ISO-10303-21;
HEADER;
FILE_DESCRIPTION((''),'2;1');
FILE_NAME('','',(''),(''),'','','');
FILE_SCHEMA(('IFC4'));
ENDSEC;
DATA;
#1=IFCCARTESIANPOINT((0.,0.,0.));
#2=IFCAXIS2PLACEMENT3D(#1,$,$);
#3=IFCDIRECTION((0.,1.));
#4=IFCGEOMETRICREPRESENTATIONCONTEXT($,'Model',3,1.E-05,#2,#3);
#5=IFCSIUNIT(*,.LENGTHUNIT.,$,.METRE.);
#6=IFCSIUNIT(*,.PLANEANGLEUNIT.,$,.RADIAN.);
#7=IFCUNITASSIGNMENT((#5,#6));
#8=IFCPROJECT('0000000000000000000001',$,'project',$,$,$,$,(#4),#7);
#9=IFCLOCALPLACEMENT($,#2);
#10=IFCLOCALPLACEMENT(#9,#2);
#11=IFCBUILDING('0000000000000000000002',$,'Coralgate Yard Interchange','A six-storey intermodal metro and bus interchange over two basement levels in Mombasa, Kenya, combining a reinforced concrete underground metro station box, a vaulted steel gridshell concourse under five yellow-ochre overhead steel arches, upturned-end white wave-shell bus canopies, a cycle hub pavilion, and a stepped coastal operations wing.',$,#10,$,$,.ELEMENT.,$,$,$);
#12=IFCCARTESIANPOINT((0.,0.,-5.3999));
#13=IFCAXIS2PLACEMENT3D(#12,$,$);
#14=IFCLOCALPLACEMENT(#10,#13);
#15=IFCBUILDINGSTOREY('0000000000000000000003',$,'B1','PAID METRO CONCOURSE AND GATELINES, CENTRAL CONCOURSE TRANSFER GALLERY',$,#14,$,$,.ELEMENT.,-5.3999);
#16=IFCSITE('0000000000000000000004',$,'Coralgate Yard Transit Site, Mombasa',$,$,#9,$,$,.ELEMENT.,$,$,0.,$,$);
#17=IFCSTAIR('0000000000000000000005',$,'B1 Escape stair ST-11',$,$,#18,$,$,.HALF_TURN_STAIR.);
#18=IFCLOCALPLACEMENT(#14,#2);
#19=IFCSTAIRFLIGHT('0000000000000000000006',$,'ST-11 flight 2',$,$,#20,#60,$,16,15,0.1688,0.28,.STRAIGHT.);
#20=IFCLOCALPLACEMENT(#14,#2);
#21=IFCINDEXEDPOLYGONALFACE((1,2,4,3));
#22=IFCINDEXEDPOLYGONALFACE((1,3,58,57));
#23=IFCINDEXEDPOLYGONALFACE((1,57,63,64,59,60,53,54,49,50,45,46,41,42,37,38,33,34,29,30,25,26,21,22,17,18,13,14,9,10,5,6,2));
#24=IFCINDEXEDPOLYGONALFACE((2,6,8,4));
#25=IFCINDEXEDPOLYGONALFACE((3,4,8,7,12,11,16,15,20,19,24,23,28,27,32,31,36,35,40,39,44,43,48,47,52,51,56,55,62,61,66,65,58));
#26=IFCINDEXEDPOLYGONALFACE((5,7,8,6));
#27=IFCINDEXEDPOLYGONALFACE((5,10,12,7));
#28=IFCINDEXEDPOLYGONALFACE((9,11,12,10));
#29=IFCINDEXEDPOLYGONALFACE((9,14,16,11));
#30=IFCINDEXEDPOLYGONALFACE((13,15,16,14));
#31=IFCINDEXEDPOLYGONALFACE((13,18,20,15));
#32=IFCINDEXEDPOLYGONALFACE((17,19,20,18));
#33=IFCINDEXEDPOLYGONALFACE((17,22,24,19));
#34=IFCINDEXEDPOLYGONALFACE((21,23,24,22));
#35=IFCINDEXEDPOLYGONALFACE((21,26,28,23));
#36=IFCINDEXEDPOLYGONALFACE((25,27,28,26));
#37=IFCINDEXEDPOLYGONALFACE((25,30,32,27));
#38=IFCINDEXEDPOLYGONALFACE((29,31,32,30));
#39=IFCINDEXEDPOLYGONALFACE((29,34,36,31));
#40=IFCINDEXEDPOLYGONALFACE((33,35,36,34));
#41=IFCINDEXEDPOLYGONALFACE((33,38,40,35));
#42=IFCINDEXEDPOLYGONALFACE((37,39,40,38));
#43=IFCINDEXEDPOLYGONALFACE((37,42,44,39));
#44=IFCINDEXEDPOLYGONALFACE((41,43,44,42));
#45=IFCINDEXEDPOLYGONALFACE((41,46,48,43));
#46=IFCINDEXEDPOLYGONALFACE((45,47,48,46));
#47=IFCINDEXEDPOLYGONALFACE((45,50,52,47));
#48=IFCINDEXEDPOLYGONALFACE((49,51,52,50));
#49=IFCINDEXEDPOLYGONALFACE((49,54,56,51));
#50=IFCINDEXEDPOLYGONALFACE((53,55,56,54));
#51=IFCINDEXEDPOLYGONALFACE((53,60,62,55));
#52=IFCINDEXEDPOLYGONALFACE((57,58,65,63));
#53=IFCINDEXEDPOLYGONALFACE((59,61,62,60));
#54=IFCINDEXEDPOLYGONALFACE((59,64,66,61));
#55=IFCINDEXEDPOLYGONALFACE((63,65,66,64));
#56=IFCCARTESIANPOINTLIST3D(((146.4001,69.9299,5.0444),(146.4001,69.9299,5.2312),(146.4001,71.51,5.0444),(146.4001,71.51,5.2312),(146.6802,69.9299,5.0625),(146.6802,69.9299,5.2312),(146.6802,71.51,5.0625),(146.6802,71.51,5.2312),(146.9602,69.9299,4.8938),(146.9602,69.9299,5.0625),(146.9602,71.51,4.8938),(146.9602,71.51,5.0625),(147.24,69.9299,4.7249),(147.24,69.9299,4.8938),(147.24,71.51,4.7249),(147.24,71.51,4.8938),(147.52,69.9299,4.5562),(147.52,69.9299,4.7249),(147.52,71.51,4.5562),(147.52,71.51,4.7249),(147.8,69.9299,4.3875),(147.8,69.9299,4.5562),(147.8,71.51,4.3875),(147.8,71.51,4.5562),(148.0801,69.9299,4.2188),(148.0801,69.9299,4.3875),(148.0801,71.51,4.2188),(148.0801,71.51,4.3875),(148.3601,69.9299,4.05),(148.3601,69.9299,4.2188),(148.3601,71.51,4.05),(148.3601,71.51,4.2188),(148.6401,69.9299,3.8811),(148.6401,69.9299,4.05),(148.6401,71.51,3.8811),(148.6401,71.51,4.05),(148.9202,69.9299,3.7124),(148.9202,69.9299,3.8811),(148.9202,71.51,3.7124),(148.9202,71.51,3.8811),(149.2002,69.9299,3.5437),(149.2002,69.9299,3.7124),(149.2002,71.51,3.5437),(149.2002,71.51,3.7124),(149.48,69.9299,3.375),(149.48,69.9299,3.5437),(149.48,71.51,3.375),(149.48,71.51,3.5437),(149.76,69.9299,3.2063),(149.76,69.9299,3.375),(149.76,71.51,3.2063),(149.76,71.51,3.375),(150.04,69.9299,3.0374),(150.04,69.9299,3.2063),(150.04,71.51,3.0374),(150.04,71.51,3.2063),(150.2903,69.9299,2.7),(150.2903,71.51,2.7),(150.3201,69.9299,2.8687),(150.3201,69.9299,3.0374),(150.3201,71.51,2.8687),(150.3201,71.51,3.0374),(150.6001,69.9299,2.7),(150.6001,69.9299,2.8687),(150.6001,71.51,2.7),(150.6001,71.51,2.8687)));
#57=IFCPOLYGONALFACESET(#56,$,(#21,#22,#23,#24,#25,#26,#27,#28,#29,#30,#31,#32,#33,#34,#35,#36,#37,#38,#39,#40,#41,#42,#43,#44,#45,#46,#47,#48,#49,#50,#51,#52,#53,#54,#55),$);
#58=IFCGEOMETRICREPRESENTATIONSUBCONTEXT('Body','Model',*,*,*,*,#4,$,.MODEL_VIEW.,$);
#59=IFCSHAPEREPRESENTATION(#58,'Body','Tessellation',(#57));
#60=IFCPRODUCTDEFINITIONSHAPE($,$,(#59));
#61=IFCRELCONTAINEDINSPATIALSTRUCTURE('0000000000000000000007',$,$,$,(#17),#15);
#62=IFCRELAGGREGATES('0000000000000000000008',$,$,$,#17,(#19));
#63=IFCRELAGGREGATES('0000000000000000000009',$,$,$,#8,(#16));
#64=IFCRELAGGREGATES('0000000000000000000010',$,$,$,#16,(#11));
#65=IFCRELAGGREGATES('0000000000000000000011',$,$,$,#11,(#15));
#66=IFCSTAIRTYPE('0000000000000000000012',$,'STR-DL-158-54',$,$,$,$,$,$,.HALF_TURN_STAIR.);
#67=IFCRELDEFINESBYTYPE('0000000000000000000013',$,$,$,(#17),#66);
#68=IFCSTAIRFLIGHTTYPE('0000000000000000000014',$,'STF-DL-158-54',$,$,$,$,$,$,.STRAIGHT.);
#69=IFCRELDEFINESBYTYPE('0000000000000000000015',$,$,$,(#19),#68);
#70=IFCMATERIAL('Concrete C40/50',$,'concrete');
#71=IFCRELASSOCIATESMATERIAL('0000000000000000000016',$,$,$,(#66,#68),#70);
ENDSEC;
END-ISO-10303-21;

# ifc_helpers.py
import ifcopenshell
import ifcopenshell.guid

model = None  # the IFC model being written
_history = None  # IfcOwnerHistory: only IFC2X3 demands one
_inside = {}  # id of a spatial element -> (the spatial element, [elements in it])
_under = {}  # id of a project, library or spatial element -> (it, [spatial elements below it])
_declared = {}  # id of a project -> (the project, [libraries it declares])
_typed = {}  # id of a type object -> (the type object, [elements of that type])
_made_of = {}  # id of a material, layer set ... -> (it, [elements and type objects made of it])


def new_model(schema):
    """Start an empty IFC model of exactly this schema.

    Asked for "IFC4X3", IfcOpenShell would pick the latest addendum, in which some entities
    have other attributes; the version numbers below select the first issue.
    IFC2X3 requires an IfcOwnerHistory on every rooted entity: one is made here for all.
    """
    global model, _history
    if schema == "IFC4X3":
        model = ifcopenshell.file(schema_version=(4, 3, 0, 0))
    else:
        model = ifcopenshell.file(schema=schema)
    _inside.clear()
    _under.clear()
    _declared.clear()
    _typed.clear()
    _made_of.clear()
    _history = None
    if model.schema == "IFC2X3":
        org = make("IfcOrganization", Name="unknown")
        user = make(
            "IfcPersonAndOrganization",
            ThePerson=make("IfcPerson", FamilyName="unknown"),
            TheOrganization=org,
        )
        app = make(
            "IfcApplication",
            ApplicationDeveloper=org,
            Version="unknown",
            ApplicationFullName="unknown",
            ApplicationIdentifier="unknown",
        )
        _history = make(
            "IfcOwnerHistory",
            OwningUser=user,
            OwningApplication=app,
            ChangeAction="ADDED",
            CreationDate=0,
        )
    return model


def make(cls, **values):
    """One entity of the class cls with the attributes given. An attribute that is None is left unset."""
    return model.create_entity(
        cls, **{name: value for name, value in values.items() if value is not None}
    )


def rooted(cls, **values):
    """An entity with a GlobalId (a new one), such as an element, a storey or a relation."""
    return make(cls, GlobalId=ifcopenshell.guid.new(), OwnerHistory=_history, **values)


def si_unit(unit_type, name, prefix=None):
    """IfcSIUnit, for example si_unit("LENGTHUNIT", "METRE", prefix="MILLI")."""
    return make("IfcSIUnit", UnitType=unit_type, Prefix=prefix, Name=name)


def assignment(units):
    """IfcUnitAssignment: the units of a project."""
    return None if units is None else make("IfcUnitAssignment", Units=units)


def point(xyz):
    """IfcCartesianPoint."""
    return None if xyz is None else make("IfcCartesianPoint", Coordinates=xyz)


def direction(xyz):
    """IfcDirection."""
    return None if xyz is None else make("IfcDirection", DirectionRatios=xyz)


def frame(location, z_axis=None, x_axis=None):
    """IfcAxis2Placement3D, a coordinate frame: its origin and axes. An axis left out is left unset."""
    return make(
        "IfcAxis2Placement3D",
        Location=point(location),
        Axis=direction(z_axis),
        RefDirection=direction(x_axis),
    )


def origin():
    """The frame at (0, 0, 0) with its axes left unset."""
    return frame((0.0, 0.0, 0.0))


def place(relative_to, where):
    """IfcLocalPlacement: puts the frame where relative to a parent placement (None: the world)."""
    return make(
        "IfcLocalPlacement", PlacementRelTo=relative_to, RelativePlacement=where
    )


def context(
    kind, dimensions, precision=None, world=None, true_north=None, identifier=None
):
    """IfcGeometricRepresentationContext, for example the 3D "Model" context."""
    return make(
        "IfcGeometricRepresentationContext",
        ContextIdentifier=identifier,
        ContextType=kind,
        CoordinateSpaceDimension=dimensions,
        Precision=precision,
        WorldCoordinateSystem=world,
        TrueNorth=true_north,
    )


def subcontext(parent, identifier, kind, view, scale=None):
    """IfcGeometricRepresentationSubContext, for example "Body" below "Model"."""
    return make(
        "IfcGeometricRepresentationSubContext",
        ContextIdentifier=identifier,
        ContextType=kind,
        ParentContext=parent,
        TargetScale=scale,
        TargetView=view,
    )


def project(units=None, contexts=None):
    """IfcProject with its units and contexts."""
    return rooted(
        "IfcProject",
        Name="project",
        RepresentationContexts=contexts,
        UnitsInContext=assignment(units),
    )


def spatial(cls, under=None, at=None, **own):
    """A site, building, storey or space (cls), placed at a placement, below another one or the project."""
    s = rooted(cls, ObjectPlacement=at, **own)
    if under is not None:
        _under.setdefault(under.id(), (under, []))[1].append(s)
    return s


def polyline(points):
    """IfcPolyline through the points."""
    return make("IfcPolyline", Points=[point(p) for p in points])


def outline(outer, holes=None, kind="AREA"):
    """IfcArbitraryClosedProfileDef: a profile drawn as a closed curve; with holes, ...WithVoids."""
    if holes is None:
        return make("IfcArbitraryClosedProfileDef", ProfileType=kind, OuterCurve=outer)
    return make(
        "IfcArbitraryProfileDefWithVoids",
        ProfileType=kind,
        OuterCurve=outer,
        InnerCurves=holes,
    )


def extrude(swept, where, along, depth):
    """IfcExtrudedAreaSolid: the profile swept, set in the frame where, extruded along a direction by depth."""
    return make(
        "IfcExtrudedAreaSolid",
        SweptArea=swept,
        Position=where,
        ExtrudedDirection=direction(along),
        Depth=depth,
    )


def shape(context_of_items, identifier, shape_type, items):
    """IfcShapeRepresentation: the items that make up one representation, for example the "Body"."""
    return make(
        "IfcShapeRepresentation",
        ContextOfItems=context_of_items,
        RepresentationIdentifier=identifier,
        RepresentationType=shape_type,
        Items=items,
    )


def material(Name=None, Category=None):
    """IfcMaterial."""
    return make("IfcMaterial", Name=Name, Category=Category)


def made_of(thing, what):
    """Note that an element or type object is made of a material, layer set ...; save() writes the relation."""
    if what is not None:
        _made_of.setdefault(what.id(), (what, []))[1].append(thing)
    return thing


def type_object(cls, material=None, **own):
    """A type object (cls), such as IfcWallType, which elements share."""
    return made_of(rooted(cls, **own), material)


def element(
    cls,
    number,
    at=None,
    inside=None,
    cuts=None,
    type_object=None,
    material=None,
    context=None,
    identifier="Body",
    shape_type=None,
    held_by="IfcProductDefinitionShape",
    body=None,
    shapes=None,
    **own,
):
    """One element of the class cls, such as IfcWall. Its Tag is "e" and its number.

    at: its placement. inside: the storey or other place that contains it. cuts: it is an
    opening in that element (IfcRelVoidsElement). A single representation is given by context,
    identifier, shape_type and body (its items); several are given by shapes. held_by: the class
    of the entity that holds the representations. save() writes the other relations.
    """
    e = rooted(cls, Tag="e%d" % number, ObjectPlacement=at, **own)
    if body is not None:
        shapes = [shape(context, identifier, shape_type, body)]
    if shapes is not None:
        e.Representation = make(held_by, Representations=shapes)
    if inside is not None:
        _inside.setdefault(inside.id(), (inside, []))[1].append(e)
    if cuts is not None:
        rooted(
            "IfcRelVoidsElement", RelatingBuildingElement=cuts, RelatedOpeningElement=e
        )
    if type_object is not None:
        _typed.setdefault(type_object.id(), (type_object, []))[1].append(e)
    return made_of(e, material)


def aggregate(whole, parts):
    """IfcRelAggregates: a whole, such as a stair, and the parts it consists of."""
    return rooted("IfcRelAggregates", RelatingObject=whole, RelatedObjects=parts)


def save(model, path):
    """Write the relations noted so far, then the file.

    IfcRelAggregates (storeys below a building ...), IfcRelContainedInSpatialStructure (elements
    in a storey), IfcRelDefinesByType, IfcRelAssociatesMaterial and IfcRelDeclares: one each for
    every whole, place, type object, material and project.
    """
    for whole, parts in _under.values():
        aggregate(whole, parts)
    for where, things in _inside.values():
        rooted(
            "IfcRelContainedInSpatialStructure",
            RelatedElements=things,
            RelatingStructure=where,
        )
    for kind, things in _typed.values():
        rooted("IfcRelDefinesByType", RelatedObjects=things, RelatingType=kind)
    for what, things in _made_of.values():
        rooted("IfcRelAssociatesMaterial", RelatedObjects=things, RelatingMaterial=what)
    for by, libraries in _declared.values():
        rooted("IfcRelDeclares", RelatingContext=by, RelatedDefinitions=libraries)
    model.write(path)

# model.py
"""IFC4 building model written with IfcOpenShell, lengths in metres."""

from ifc_helpers import new_model, si_unit, direction, frame, origin, place, context, subcontext, project, spatial, polyline, outline, extrude, material, type_object, element, aggregate, save


model = new_model("IFC4")

# Units and contexts
model_context = context("Model", 3, precision=1e-05, world=origin(), true_north=direction((0.0, 1.0)))
body_context = subcontext(model_context, "Body", "Model", "MODEL_VIEW")
ifc_project = project(units=[si_unit("LENGTHUNIT", "METRE"), si_unit("PLANEANGLEUNIT", "RADIAN")], contexts=[model_context])

# Site, building, storey
site_placement = place(None, origin())
site = spatial("IfcSite", under=ifc_project, at=site_placement, Name="Coralgate Yard Transit Site, Mombasa", CompositionType="ELEMENT", RefElevation=0.0)
building_placement = place(site_placement, origin())
building = spatial("IfcBuilding", under=site, at=building_placement, Name="Coralgate Yard Interchange", Description="A six-storey intermodal metro and bus interchange over two basement levels in Mombasa, Kenya, combining a reinforced concrete underground metro station box, a vaulted steel gridshell concourse under five yellow-ochre overhead steel arches, upturned-end white wave-shell bus canopies, a cycle hub pavilion, and a stepped coastal operations wing.", CompositionType="ELEMENT")
storey_placement = place(building_placement, frame((0.0, 0.0, -5.3999)))
storey = spatial("IfcBuildingStorey", under=building, at=storey_placement, Name="B1", Description="PAID METRO CONCOURSE AND GATELINES, CENTRAL CONCOURSE TRANSFER GALLERY", CompositionType="ELEMENT", Elevation=-5.3999)

# Shared definitions
ifc_material_1 = material(Name="Concrete C40/50", Category="concrete")

# Stair, stair flight
stair_type = type_object("IfcStairType", Name="STR-DL-158-54", PredefinedType="HALF_TURN_STAIR", material=ifc_material_1)
stair_placement = place(storey_placement, origin())
stair = element("IfcStair", 1, at=stair_placement, inside=storey, type_object=stair_type, Name="B1 Escape stair ST-11", PredefinedType="HALF_TURN_STAIR")
stair_flight_type = type_object("IfcStairFlightType", Name="STF-DL-158-54", PredefinedType="STRAIGHT", material=ifc_material_1)
stair_flight_1_placement = place(storey_placement, frame((150.6001, 70.72, 2.7), z_axis=(0.0, 0.0, 1.0), x_axis=(-1.0, 0.0, 0.0)))
stair_flight_1 = element("IfcStairFlight", 2, at=stair_flight_1_placement, type_object=stair_flight_type, Name="ST-11 flight 2", NumberOfRisers=16, NumberOfTreads=15, PredefinedType="STRAIGHT", RiserHeight=0.1688, TreadLength=0.28, context=body_context, shape_type="SweptSolid", body=[
    extrude(outline(polyline([(0.0, 0.0), (0.0, 0.1687), (0.28, 0.1687), (0.28, 0.3374), (0.5601, 0.3374), (0.5601, 0.5063), (0.8401, 0.5063), (0.8401, 0.675), (1.1201, 0.675), (1.1201, 0.8438), (1.3999, 0.8438), (1.3999, 1.0125), (1.6799, 1.0125), (1.6799, 1.1812), (1.96, 1.1812), (1.96, 1.3501), (2.24, 1.3501), (2.24, 1.5188), (2.52, 1.5188), (2.52, 1.6875), (2.8, 1.6875), (2.8, 1.8562), (3.0801, 1.8562), (3.0801, 2.0249), (3.3601, 2.0249), (3.3601, 2.1938), (3.6399, 2.1938), (3.6399, 2.3625), (3.9199, 2.3625), (3.9199, 2.5312), (4.2, 2.5312), (4.2, 2.7), (4.2, 2.3445), (0.3098, 0.0), (0.0, 0.0)])), frame((0.0, 0.79, 0.0), z_axis=(0.0, -1.0, 0.0), x_axis=(1.0, 0.0, 0.0)), (0.0, 0.0, 1.0), 1.5801),
])
aggregate(stair, [stair_flight_1])

save(model, "model.ifc")
